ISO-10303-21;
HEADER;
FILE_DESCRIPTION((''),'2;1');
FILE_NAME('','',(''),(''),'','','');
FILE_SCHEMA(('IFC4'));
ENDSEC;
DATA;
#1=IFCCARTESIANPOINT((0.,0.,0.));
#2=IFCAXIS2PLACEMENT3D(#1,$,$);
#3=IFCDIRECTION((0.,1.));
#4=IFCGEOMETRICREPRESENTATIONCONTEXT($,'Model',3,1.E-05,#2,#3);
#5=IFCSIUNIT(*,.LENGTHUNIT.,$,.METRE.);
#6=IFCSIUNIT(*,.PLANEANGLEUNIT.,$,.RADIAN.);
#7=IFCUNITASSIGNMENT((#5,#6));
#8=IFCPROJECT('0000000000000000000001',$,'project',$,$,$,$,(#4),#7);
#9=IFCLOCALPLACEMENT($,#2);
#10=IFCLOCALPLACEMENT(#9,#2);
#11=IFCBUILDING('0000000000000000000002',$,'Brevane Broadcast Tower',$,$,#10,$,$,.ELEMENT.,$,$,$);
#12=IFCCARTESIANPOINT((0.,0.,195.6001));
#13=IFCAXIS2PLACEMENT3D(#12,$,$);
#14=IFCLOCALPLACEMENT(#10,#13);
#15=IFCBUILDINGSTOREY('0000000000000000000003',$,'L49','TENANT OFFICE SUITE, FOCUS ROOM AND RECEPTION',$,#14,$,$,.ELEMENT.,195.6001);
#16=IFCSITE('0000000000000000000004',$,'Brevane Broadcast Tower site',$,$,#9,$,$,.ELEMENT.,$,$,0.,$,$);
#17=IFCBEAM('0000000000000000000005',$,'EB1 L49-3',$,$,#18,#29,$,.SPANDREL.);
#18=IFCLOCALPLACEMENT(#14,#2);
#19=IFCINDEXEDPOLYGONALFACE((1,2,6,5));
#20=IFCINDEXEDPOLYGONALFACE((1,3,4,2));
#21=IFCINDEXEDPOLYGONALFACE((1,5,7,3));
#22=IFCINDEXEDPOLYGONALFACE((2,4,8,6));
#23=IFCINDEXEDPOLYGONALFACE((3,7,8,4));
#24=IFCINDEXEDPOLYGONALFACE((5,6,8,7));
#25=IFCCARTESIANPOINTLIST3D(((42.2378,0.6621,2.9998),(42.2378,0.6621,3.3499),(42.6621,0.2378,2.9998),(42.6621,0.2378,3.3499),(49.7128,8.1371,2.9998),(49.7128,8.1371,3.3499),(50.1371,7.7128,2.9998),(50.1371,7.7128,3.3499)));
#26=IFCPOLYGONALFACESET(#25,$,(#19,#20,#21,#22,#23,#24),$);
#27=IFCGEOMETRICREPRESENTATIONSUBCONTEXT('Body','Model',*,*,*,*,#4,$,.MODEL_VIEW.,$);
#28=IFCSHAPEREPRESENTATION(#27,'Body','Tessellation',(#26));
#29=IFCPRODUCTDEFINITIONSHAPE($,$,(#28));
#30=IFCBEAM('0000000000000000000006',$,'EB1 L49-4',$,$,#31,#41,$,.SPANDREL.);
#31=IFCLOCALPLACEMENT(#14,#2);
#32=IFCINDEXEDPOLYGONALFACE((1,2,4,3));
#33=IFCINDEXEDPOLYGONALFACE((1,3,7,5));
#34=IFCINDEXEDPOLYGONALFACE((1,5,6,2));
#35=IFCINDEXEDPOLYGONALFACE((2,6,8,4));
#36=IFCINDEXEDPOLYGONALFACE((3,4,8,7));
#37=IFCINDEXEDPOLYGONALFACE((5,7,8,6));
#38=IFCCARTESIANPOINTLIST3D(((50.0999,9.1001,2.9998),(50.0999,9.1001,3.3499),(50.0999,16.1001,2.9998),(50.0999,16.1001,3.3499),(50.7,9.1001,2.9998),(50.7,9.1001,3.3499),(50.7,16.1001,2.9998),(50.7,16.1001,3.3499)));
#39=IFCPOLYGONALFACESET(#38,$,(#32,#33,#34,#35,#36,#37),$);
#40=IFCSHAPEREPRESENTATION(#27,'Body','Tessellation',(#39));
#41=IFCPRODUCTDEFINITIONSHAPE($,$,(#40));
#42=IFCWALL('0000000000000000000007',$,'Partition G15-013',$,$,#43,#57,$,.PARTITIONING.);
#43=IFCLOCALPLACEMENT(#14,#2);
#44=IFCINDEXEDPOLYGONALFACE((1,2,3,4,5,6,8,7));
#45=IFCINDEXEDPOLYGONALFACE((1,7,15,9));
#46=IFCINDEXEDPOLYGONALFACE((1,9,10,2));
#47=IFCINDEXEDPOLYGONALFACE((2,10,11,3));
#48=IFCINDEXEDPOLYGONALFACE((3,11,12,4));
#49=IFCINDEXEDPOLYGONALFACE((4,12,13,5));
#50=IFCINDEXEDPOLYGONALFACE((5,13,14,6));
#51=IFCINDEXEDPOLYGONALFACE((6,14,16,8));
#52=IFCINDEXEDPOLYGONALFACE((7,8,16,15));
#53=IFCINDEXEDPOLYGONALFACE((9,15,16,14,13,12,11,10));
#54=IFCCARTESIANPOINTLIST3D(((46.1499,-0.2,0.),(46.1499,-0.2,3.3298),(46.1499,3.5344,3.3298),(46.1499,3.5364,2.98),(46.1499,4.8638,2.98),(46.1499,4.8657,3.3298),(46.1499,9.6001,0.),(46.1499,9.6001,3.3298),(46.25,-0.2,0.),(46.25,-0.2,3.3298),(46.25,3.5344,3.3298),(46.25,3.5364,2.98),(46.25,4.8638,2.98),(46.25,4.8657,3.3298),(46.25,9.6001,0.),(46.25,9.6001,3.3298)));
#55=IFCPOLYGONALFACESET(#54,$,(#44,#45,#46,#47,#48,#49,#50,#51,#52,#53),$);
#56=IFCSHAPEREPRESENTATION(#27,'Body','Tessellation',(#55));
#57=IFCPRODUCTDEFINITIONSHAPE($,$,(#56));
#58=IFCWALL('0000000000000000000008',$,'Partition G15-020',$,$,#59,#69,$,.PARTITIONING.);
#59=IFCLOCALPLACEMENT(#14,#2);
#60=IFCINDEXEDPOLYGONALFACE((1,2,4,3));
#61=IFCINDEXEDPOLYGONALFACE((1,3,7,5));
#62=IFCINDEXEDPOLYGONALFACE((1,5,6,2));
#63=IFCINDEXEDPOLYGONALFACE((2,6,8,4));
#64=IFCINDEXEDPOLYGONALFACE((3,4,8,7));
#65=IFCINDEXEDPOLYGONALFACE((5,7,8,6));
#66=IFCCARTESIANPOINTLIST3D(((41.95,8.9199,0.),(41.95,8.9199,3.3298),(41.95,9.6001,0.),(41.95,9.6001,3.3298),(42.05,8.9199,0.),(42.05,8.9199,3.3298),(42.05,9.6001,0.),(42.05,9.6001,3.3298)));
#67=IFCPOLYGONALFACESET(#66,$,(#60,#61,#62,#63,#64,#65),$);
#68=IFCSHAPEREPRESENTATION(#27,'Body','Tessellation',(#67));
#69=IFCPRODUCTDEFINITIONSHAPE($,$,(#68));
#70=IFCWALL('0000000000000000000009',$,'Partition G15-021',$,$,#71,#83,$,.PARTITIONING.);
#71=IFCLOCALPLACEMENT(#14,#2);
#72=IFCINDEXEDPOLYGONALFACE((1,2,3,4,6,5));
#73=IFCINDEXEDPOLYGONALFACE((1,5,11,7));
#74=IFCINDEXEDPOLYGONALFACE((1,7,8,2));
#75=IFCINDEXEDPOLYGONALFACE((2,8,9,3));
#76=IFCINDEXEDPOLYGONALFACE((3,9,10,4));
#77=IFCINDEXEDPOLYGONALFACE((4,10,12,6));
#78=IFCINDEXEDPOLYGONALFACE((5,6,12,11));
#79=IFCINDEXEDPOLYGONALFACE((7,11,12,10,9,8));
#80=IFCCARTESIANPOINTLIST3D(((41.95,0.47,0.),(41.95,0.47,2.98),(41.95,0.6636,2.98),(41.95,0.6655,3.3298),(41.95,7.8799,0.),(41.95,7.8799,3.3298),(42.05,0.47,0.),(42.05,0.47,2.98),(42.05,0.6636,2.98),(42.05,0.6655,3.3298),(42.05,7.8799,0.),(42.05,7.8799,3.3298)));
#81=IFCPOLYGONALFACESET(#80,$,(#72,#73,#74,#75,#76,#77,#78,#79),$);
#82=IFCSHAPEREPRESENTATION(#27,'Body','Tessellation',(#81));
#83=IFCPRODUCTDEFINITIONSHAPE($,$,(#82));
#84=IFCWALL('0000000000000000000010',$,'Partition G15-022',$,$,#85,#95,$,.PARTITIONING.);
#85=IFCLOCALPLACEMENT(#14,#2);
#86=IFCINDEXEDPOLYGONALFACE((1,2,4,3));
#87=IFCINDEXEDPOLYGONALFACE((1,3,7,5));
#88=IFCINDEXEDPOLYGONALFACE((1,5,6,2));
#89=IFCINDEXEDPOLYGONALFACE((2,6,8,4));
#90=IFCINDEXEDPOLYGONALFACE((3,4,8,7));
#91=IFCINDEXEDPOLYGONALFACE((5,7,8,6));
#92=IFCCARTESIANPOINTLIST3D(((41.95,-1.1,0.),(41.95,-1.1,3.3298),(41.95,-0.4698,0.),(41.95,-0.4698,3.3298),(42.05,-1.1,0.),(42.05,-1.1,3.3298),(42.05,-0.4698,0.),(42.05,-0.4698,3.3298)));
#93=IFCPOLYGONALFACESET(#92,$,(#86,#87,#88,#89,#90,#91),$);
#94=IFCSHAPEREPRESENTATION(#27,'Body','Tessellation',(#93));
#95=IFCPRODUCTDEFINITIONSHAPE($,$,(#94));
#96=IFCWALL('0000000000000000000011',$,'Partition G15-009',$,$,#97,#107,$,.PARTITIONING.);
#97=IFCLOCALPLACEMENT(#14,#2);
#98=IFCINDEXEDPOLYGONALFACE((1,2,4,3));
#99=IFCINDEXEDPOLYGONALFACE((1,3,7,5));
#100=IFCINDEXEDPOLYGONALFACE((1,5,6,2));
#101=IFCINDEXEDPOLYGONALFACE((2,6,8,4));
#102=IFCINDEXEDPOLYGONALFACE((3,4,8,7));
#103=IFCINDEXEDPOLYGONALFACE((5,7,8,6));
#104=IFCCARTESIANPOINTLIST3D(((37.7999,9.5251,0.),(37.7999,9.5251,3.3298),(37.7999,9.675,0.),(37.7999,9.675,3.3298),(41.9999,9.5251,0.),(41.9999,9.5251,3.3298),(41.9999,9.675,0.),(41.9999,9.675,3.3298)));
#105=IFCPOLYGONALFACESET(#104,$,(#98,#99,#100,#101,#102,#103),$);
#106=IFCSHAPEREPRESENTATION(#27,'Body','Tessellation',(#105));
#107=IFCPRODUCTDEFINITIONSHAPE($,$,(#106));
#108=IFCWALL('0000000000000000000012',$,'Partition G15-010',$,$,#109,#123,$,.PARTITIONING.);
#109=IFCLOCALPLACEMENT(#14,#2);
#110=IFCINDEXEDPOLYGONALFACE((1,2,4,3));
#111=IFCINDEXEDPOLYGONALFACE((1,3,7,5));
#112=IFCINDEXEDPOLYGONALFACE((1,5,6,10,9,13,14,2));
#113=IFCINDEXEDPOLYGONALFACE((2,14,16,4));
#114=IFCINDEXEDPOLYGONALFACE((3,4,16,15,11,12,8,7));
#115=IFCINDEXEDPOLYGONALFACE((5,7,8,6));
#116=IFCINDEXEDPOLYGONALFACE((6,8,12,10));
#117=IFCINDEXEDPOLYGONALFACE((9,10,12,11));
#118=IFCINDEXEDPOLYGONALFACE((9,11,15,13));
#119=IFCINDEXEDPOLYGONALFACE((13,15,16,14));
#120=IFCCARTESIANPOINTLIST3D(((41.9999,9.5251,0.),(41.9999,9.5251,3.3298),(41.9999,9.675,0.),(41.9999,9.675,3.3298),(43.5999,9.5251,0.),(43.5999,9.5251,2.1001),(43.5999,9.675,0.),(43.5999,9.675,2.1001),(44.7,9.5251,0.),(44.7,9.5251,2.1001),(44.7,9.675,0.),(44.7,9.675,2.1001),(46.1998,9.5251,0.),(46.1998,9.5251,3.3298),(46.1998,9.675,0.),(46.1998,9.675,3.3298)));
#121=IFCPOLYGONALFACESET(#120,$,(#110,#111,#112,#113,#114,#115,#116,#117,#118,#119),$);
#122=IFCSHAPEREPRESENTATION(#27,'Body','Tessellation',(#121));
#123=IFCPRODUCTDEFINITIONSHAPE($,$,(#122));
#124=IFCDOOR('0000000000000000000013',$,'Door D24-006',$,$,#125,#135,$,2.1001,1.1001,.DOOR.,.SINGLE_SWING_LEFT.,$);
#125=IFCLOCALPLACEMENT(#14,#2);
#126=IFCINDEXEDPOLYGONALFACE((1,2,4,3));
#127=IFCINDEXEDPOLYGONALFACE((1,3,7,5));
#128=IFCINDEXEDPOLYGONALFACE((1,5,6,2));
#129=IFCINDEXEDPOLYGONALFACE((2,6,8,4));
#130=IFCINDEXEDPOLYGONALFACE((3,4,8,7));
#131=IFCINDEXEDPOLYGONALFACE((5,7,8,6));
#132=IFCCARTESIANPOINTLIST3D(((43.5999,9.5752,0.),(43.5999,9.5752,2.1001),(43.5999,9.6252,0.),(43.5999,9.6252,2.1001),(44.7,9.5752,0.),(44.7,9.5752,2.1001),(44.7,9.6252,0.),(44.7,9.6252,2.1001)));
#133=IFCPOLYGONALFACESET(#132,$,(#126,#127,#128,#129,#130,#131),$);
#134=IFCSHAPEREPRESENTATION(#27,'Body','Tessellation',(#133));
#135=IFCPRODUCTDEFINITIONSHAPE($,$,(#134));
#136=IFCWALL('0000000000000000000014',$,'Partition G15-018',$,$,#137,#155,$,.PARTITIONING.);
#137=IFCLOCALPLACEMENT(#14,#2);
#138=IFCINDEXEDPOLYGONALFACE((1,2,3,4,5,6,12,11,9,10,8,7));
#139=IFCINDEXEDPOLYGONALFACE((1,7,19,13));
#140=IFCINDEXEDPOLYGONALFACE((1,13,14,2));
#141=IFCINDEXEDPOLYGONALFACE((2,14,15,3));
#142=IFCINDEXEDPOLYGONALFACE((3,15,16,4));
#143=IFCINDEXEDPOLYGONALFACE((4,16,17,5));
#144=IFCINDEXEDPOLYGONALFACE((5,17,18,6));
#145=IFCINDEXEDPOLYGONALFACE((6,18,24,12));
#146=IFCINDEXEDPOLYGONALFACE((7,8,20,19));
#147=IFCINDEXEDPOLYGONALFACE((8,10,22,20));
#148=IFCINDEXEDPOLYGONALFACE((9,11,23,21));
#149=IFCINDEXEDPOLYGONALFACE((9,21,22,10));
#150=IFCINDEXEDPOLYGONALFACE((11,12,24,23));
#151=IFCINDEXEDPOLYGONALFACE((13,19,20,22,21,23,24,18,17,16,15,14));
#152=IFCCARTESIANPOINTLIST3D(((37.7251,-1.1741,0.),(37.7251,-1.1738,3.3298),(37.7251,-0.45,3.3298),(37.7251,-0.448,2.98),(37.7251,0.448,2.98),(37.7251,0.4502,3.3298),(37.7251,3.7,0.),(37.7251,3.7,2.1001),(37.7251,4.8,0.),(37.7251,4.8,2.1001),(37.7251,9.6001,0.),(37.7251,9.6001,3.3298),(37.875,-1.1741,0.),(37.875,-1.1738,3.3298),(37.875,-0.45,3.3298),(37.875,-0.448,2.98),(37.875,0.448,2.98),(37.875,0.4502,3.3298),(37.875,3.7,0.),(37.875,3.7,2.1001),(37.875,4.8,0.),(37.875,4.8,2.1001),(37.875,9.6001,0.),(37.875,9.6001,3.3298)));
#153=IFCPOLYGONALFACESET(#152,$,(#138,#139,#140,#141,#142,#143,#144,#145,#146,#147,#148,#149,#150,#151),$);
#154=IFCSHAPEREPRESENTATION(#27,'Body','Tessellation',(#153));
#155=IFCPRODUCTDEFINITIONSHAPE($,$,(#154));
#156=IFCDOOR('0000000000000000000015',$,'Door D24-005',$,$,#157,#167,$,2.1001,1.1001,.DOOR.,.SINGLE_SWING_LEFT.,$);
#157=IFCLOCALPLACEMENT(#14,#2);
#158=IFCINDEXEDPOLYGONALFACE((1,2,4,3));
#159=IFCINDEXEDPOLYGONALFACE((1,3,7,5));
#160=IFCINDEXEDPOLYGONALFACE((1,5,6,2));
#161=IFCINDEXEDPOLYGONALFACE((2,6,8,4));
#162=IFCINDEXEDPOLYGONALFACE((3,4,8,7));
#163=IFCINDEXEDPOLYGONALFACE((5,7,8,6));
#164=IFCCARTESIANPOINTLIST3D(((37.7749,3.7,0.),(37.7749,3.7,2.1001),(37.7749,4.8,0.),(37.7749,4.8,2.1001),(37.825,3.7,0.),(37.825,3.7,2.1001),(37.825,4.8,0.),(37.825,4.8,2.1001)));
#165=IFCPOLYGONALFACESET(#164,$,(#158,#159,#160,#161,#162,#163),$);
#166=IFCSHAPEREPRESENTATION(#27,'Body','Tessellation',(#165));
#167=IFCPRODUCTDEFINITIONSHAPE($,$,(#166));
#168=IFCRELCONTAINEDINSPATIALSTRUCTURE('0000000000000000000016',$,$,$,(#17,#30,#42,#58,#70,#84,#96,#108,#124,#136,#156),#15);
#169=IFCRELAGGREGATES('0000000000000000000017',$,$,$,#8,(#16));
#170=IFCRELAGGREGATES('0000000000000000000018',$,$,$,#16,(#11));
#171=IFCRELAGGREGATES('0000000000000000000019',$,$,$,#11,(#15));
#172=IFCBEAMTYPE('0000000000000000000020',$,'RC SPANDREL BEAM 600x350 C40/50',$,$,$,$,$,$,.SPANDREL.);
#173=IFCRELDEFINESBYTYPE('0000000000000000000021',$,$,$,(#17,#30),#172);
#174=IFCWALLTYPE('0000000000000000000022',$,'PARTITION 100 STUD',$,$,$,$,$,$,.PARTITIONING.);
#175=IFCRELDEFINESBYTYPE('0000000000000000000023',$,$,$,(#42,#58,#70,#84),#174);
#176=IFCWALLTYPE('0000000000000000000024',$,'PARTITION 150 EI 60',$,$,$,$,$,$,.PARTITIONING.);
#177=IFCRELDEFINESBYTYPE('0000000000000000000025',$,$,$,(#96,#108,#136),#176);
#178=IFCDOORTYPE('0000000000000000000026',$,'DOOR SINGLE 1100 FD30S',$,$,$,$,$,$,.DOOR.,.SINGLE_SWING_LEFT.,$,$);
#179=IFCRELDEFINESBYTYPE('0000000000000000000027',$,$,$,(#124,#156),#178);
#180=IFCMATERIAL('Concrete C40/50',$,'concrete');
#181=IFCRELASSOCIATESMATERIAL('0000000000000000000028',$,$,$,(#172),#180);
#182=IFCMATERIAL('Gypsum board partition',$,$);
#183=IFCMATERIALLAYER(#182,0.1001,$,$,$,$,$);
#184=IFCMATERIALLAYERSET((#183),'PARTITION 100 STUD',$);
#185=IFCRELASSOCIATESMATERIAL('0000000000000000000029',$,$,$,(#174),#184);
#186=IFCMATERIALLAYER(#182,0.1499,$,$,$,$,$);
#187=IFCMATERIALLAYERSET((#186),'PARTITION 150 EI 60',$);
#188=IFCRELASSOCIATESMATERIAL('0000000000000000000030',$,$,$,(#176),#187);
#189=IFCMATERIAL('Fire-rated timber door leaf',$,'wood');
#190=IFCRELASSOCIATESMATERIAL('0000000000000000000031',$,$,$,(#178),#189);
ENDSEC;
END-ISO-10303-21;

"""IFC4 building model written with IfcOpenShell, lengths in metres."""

from ifc_helpers import new_model, si_unit, direction, frame, frame_2d, origin, origin_2d, place, context, subcontext, project, spatial, polyline, rectangle, outline, extrude, material, layer, layer_set, material_profile, profile_set, type_object, element, fill, save


model = new_model("IFC4")

# Units and contexts
model_context = context("Model", 3, precision=1e-05, world=origin(), true_north=direction((0.0, 1.0)))
body_context = subcontext(model_context, "Body", "Model", "MODEL_VIEW")
ifc_project = project(units=[si_unit("LENGTHUNIT", "METRE"), si_unit("PLANEANGLEUNIT", "RADIAN")], contexts=[model_context])

# Site, building, storey
site_placement = place(None, origin())
site = spatial("IfcSite", under=ifc_project, at=site_placement, Name="Brevane Broadcast Tower site", CompositionType="ELEMENT", RefElevation=0.0)
building_placement = place(site_placement, origin())
building = spatial("IfcBuilding", under=site, at=building_placement, Name="Brevane Broadcast Tower", CompositionType="ELEMENT")
storey_placement = place(building_placement, frame((0.0, 0.0, 195.6001)))
storey = spatial("IfcBuildingStorey", under=building, at=storey_placement, Name="L49", Description="TENANT OFFICE SUITE, FOCUS ROOM AND RECEPTION", CompositionType="ELEMENT", Elevation=195.6001)

# Beams
ifc_material_1 = material(Name="Concrete C40/50", Category="concrete")
ifc_material_profile_1 = material_profile(ifc_material_1, rectangle(XDim=0.6001, YDim=0.3501, at=origin_2d()), Name="RC 600x350")
ifc_profile_set_1 = profile_set([ifc_material_profile_1], Name="Concrete C40/50")
beam_type = type_object("IfcBeamType", Name="RC SPANDREL BEAM 600x350 C40/50", PredefinedType="SPANDREL", material=ifc_profile_set_1)
beam_1_placement = place(storey_placement, frame((42.45, 0.45, 3.1748), z_axis=(0.707107, 0.707107, 0.0), x_axis=(-0.707107, 0.707107, 0.0)))
element("IfcBeam", 1, at=beam_1_placement, inside=storey, type_object=beam_type, Name="EB1 L49-3", PredefinedType="SPANDREL", context=body_context, shape_type="SweptSolid", body=[
    extrude(rectangle(XDim=0.6001, YDim=0.3501, at=origin_2d()), origin(), (0.0, 0.0, 1.0), 10.5713),
])
beam_2_placement = place(storey_placement, frame((50.3999, 9.1001, 3.1748), z_axis=(0.0, 1.0, 0.0), x_axis=(-1.0, 0.0, 0.0)))
element("IfcBeam", 2, at=beam_2_placement, inside=storey, type_object=beam_type, Name="EB1 L49-4", PredefinedType="SPANDREL", context=body_context, shape_type="SweptSolid", body=[
    extrude(rectangle(XDim=0.6001, YDim=0.3501, at=origin_2d()), origin(), (0.0, 0.0, 1.0), 7.0),
])

# Walls
ifc_material_2 = material(Name="Gypsum board partition")
ifc_layer_1 = layer(ifc_material_2, 0.1001)
ifc_layer_set_1 = layer_set([ifc_layer_1], Name="PARTITION 100 STUD")
wall_type_1 = type_object("IfcWallType", Name="PARTITION 100 STUD", PredefinedType="PARTITIONING", material=ifc_layer_set_1)
wall_1_placement = place(storey_placement, frame((46.2, -0.2, 0.0), z_axis=(0.0, 0.0, 1.0), x_axis=(0.0, 1.0, 0.0)))
element("IfcWall", 3, at=wall_1_placement, inside=storey, type_object=wall_type_1, Name="Partition G15-013", PredefinedType="PARTITIONING", context=body_context, shape_type="SweptSolid", body=[
    extrude(outline(polyline([(0.0, 0.0), (9.8, 0.0), (9.8, 3.3298), (5.0657, 3.3298), (5.0637, 2.98), (3.7363, 2.98), (3.7344, 3.3298), (0.0, 3.3298), (0.0, 0.0)])), frame((0.0, 0.05, 0.0), z_axis=(0.0, -1.0, 0.0), x_axis=(1.0, 0.0, 0.0)), (0.0, 0.0, 1.0), 0.1001),
])
wall_2_placement = place(storey_placement, frame((42.0, 9.6001, 0.0), z_axis=(0.0, 0.0, 1.0), x_axis=(0.0, -1.0, 0.0)))
element("IfcWall", 4, at=wall_2_placement, inside=storey, type_object=wall_type_1, Name="Partition G15-020", PredefinedType="PARTITIONING", context=body_context, shape_type="SweptSolid", body=[
    extrude(rectangle(XDim=0.6802, YDim=0.1001, at=frame_2d((0.3401, 0.0))), origin(), (0.0, 0.0, 1.0), 3.3298),
])
wall_3_placement = place(storey_placement, frame((42.0, 7.8799, 0.0), z_axis=(0.0, 0.0, 1.0), x_axis=(0.0, -1.0, 0.0)))
element("IfcWall", 5, at=wall_3_placement, inside=storey, type_object=wall_type_1, Name="Partition G15-021", PredefinedType="PARTITIONING", context=body_context, shape_type="SweptSolid", body=[
    extrude(outline(polyline([(0.0, 0.0), (7.4099, 0.0), (7.4099, 2.98), (7.2163, 2.98), (7.2144, 3.3298), (0.0, 3.3298), (0.0, 0.0)])), frame((0.0, 0.05, 0.0), z_axis=(0.0, -1.0, 0.0), x_axis=(1.0, 0.0, 0.0)), (0.0, 0.0, 1.0), 0.1001),
])
wall_4_placement = place(storey_placement, frame((42.0, -0.47, 0.0), z_axis=(0.0, 0.0, 1.0), x_axis=(0.0, -1.0, 0.0)))
element("IfcWall", 6, at=wall_4_placement, inside=storey, type_object=wall_type_1, Name="Partition G15-022", PredefinedType="PARTITIONING", context=body_context, shape_type="SweptSolid", body=[
    extrude(rectangle(XDim=0.6301, YDim=0.1001, at=frame_2d((0.3149, 0.0))), origin(), (0.0, 0.0, 1.0), 3.3298),
])
ifc_layer_2 = layer(ifc_material_2, 0.1499)
ifc_layer_set_2 = layer_set([ifc_layer_2], Name="PARTITION 150 EI 60")
wall_type_2 = type_object("IfcWallType", Name="PARTITION 150 EI 60", PredefinedType="PARTITIONING", material=ifc_layer_set_2)
wall_5_placement = place(storey_placement, frame((42.0, 9.6001, 0.0), z_axis=(0.0, 0.0, 1.0), x_axis=(-1.0, 0.0, 0.0)))
element("IfcWall", 7, at=wall_5_placement, inside=storey, type_object=wall_type_2, Name="Partition G15-009", PredefinedType="PARTITIONING", context=body_context, shape_type="SweptSolid", body=[
    extrude(rectangle(XDim=4.2, YDim=0.1499, at=frame_2d((2.1001, 0.0))), origin(), (0.0, 0.0, 1.0), 3.3298),
])

# Walls, openings, doors
wall_6_placement = place(storey_placement, frame((46.2, 9.6001, 0.0), z_axis=(0.0, 0.0, 1.0), x_axis=(-1.0, 0.0, 0.0)))
wall_6 = element("IfcWall", 8, at=wall_6_placement, inside=storey, type_object=wall_type_2, Name="Partition G15-010", PredefinedType="PARTITIONING", context=body_context, shape_type="SweptSolid", body=[
    extrude(rectangle(XDim=4.2, YDim=0.1499, at=frame_2d((2.1001, 0.0))), origin(), (0.0, 0.0, 1.0), 3.3298),
])
opening_1_placement = place(wall_6_placement, frame((1.5, 0.0, 0.0)))
opening_1 = element("IfcOpeningElement", 9, at=opening_1_placement, cuts=wall_6, PredefinedType="OPENING", context=body_context, shape_type="SweptSolid", body=[
    extrude(rectangle(XDim=1.1001, YDim=2.1001, at=frame_2d((0.55, 1.05))), frame((0.0, 0.085, 0.0), z_axis=(0.0, -1.0, 0.0), x_axis=(1.0, 0.0, 0.0)), (0.0, 0.0, 1.0), 0.1699),
])
ifc_material_3 = material(Name="Fire-rated timber door leaf", Category="wood")
door_type = type_object("IfcDoorType", Name="DOOR SINGLE 1100 FD30S", OperationType="SINGLE_SWING_LEFT", PredefinedType="DOOR", material=ifc_material_3)
door_1_placement = place(opening_1_placement, origin())
door_1 = element("IfcDoor", 10, at=door_1_placement, inside=storey, type_object=door_type, Name="Door D24-006", OperationType="SINGLE_SWING_LEFT", OverallHeight=2.1001, OverallWidth=1.1001, PredefinedType="DOOR", context=body_context, shape_type="SweptSolid", body=[
    extrude(rectangle(XDim=1.1001, YDim=2.1001, at=frame_2d((0.55, 1.05))), frame((0.0, 0.0249, 0.0), z_axis=(0.0, -1.0, 0.0), x_axis=(1.0, 0.0, 0.0)), (0.0, 0.0, 1.0), 0.05),
])
fill(opening_1, door_1)
wall_7_placement = place(storey_placement, frame((37.8, 9.6001, 0.0), z_axis=(0.0, 0.0, 1.0), x_axis=(0.0, -1.0, 0.0)))
wall_7 = element("IfcWall", 11, at=wall_7_placement, inside=storey, type_object=wall_type_2, Name="Partition G15-018", PredefinedType="PARTITIONING", context=body_context, shape_type="SweptSolid", body=[
    extrude(outline(polyline([(0.0, 0.0), (10.7742, 0.0), (10.7739, 3.3298), (10.7, 3.3298), (10.05, 3.3298), (10.0481, 2.98), (9.1521, 2.98), (9.1499, 3.3298), (0.0, 3.3298), (0.0, 0.0)])), frame((0.0, 0.075, 0.0), z_axis=(0.0, -1.0, 0.0), x_axis=(1.0, 0.0, 0.0)), (0.0, 0.0, 1.0), 0.1499),
])
opening_2_placement = place(wall_7_placement, frame((4.8, 0.0, 0.0)))
opening_2 = element("IfcOpeningElement", 12, at=opening_2_placement, cuts=wall_7, PredefinedType="OPENING", context=body_context, shape_type="SweptSolid", body=[
    extrude(rectangle(XDim=1.1001, YDim=2.1001, at=frame_2d((0.55, 1.05))), frame((0.0, 0.085, 0.0), z_axis=(0.0, -1.0, 0.0), x_axis=(1.0, 0.0, 0.0)), (0.0, 0.0, 1.0), 0.1699),
])
door_2_placement = place(opening_2_placement, origin())
door_2 = element("IfcDoor", 13, at=door_2_placement, inside=storey, type_object=door_type, Name="Door D24-005", OperationType="SINGLE_SWING_LEFT", OverallHeight=2.1001, OverallWidth=1.1001, PredefinedType="DOOR", context=body_context, shape_type="SweptSolid", body=[
    extrude(rectangle(XDim=1.1001, YDim=2.1001, at=frame_2d((0.55, 1.05))), frame((0.0, 0.0249, 0.0), z_axis=(0.0, -1.0, 0.0), x_axis=(1.0, 0.0, 0.0)), (0.0, 0.0, 1.0), 0.05),
])
fill(opening_2, door_2)

save(model, "model.ifc")
